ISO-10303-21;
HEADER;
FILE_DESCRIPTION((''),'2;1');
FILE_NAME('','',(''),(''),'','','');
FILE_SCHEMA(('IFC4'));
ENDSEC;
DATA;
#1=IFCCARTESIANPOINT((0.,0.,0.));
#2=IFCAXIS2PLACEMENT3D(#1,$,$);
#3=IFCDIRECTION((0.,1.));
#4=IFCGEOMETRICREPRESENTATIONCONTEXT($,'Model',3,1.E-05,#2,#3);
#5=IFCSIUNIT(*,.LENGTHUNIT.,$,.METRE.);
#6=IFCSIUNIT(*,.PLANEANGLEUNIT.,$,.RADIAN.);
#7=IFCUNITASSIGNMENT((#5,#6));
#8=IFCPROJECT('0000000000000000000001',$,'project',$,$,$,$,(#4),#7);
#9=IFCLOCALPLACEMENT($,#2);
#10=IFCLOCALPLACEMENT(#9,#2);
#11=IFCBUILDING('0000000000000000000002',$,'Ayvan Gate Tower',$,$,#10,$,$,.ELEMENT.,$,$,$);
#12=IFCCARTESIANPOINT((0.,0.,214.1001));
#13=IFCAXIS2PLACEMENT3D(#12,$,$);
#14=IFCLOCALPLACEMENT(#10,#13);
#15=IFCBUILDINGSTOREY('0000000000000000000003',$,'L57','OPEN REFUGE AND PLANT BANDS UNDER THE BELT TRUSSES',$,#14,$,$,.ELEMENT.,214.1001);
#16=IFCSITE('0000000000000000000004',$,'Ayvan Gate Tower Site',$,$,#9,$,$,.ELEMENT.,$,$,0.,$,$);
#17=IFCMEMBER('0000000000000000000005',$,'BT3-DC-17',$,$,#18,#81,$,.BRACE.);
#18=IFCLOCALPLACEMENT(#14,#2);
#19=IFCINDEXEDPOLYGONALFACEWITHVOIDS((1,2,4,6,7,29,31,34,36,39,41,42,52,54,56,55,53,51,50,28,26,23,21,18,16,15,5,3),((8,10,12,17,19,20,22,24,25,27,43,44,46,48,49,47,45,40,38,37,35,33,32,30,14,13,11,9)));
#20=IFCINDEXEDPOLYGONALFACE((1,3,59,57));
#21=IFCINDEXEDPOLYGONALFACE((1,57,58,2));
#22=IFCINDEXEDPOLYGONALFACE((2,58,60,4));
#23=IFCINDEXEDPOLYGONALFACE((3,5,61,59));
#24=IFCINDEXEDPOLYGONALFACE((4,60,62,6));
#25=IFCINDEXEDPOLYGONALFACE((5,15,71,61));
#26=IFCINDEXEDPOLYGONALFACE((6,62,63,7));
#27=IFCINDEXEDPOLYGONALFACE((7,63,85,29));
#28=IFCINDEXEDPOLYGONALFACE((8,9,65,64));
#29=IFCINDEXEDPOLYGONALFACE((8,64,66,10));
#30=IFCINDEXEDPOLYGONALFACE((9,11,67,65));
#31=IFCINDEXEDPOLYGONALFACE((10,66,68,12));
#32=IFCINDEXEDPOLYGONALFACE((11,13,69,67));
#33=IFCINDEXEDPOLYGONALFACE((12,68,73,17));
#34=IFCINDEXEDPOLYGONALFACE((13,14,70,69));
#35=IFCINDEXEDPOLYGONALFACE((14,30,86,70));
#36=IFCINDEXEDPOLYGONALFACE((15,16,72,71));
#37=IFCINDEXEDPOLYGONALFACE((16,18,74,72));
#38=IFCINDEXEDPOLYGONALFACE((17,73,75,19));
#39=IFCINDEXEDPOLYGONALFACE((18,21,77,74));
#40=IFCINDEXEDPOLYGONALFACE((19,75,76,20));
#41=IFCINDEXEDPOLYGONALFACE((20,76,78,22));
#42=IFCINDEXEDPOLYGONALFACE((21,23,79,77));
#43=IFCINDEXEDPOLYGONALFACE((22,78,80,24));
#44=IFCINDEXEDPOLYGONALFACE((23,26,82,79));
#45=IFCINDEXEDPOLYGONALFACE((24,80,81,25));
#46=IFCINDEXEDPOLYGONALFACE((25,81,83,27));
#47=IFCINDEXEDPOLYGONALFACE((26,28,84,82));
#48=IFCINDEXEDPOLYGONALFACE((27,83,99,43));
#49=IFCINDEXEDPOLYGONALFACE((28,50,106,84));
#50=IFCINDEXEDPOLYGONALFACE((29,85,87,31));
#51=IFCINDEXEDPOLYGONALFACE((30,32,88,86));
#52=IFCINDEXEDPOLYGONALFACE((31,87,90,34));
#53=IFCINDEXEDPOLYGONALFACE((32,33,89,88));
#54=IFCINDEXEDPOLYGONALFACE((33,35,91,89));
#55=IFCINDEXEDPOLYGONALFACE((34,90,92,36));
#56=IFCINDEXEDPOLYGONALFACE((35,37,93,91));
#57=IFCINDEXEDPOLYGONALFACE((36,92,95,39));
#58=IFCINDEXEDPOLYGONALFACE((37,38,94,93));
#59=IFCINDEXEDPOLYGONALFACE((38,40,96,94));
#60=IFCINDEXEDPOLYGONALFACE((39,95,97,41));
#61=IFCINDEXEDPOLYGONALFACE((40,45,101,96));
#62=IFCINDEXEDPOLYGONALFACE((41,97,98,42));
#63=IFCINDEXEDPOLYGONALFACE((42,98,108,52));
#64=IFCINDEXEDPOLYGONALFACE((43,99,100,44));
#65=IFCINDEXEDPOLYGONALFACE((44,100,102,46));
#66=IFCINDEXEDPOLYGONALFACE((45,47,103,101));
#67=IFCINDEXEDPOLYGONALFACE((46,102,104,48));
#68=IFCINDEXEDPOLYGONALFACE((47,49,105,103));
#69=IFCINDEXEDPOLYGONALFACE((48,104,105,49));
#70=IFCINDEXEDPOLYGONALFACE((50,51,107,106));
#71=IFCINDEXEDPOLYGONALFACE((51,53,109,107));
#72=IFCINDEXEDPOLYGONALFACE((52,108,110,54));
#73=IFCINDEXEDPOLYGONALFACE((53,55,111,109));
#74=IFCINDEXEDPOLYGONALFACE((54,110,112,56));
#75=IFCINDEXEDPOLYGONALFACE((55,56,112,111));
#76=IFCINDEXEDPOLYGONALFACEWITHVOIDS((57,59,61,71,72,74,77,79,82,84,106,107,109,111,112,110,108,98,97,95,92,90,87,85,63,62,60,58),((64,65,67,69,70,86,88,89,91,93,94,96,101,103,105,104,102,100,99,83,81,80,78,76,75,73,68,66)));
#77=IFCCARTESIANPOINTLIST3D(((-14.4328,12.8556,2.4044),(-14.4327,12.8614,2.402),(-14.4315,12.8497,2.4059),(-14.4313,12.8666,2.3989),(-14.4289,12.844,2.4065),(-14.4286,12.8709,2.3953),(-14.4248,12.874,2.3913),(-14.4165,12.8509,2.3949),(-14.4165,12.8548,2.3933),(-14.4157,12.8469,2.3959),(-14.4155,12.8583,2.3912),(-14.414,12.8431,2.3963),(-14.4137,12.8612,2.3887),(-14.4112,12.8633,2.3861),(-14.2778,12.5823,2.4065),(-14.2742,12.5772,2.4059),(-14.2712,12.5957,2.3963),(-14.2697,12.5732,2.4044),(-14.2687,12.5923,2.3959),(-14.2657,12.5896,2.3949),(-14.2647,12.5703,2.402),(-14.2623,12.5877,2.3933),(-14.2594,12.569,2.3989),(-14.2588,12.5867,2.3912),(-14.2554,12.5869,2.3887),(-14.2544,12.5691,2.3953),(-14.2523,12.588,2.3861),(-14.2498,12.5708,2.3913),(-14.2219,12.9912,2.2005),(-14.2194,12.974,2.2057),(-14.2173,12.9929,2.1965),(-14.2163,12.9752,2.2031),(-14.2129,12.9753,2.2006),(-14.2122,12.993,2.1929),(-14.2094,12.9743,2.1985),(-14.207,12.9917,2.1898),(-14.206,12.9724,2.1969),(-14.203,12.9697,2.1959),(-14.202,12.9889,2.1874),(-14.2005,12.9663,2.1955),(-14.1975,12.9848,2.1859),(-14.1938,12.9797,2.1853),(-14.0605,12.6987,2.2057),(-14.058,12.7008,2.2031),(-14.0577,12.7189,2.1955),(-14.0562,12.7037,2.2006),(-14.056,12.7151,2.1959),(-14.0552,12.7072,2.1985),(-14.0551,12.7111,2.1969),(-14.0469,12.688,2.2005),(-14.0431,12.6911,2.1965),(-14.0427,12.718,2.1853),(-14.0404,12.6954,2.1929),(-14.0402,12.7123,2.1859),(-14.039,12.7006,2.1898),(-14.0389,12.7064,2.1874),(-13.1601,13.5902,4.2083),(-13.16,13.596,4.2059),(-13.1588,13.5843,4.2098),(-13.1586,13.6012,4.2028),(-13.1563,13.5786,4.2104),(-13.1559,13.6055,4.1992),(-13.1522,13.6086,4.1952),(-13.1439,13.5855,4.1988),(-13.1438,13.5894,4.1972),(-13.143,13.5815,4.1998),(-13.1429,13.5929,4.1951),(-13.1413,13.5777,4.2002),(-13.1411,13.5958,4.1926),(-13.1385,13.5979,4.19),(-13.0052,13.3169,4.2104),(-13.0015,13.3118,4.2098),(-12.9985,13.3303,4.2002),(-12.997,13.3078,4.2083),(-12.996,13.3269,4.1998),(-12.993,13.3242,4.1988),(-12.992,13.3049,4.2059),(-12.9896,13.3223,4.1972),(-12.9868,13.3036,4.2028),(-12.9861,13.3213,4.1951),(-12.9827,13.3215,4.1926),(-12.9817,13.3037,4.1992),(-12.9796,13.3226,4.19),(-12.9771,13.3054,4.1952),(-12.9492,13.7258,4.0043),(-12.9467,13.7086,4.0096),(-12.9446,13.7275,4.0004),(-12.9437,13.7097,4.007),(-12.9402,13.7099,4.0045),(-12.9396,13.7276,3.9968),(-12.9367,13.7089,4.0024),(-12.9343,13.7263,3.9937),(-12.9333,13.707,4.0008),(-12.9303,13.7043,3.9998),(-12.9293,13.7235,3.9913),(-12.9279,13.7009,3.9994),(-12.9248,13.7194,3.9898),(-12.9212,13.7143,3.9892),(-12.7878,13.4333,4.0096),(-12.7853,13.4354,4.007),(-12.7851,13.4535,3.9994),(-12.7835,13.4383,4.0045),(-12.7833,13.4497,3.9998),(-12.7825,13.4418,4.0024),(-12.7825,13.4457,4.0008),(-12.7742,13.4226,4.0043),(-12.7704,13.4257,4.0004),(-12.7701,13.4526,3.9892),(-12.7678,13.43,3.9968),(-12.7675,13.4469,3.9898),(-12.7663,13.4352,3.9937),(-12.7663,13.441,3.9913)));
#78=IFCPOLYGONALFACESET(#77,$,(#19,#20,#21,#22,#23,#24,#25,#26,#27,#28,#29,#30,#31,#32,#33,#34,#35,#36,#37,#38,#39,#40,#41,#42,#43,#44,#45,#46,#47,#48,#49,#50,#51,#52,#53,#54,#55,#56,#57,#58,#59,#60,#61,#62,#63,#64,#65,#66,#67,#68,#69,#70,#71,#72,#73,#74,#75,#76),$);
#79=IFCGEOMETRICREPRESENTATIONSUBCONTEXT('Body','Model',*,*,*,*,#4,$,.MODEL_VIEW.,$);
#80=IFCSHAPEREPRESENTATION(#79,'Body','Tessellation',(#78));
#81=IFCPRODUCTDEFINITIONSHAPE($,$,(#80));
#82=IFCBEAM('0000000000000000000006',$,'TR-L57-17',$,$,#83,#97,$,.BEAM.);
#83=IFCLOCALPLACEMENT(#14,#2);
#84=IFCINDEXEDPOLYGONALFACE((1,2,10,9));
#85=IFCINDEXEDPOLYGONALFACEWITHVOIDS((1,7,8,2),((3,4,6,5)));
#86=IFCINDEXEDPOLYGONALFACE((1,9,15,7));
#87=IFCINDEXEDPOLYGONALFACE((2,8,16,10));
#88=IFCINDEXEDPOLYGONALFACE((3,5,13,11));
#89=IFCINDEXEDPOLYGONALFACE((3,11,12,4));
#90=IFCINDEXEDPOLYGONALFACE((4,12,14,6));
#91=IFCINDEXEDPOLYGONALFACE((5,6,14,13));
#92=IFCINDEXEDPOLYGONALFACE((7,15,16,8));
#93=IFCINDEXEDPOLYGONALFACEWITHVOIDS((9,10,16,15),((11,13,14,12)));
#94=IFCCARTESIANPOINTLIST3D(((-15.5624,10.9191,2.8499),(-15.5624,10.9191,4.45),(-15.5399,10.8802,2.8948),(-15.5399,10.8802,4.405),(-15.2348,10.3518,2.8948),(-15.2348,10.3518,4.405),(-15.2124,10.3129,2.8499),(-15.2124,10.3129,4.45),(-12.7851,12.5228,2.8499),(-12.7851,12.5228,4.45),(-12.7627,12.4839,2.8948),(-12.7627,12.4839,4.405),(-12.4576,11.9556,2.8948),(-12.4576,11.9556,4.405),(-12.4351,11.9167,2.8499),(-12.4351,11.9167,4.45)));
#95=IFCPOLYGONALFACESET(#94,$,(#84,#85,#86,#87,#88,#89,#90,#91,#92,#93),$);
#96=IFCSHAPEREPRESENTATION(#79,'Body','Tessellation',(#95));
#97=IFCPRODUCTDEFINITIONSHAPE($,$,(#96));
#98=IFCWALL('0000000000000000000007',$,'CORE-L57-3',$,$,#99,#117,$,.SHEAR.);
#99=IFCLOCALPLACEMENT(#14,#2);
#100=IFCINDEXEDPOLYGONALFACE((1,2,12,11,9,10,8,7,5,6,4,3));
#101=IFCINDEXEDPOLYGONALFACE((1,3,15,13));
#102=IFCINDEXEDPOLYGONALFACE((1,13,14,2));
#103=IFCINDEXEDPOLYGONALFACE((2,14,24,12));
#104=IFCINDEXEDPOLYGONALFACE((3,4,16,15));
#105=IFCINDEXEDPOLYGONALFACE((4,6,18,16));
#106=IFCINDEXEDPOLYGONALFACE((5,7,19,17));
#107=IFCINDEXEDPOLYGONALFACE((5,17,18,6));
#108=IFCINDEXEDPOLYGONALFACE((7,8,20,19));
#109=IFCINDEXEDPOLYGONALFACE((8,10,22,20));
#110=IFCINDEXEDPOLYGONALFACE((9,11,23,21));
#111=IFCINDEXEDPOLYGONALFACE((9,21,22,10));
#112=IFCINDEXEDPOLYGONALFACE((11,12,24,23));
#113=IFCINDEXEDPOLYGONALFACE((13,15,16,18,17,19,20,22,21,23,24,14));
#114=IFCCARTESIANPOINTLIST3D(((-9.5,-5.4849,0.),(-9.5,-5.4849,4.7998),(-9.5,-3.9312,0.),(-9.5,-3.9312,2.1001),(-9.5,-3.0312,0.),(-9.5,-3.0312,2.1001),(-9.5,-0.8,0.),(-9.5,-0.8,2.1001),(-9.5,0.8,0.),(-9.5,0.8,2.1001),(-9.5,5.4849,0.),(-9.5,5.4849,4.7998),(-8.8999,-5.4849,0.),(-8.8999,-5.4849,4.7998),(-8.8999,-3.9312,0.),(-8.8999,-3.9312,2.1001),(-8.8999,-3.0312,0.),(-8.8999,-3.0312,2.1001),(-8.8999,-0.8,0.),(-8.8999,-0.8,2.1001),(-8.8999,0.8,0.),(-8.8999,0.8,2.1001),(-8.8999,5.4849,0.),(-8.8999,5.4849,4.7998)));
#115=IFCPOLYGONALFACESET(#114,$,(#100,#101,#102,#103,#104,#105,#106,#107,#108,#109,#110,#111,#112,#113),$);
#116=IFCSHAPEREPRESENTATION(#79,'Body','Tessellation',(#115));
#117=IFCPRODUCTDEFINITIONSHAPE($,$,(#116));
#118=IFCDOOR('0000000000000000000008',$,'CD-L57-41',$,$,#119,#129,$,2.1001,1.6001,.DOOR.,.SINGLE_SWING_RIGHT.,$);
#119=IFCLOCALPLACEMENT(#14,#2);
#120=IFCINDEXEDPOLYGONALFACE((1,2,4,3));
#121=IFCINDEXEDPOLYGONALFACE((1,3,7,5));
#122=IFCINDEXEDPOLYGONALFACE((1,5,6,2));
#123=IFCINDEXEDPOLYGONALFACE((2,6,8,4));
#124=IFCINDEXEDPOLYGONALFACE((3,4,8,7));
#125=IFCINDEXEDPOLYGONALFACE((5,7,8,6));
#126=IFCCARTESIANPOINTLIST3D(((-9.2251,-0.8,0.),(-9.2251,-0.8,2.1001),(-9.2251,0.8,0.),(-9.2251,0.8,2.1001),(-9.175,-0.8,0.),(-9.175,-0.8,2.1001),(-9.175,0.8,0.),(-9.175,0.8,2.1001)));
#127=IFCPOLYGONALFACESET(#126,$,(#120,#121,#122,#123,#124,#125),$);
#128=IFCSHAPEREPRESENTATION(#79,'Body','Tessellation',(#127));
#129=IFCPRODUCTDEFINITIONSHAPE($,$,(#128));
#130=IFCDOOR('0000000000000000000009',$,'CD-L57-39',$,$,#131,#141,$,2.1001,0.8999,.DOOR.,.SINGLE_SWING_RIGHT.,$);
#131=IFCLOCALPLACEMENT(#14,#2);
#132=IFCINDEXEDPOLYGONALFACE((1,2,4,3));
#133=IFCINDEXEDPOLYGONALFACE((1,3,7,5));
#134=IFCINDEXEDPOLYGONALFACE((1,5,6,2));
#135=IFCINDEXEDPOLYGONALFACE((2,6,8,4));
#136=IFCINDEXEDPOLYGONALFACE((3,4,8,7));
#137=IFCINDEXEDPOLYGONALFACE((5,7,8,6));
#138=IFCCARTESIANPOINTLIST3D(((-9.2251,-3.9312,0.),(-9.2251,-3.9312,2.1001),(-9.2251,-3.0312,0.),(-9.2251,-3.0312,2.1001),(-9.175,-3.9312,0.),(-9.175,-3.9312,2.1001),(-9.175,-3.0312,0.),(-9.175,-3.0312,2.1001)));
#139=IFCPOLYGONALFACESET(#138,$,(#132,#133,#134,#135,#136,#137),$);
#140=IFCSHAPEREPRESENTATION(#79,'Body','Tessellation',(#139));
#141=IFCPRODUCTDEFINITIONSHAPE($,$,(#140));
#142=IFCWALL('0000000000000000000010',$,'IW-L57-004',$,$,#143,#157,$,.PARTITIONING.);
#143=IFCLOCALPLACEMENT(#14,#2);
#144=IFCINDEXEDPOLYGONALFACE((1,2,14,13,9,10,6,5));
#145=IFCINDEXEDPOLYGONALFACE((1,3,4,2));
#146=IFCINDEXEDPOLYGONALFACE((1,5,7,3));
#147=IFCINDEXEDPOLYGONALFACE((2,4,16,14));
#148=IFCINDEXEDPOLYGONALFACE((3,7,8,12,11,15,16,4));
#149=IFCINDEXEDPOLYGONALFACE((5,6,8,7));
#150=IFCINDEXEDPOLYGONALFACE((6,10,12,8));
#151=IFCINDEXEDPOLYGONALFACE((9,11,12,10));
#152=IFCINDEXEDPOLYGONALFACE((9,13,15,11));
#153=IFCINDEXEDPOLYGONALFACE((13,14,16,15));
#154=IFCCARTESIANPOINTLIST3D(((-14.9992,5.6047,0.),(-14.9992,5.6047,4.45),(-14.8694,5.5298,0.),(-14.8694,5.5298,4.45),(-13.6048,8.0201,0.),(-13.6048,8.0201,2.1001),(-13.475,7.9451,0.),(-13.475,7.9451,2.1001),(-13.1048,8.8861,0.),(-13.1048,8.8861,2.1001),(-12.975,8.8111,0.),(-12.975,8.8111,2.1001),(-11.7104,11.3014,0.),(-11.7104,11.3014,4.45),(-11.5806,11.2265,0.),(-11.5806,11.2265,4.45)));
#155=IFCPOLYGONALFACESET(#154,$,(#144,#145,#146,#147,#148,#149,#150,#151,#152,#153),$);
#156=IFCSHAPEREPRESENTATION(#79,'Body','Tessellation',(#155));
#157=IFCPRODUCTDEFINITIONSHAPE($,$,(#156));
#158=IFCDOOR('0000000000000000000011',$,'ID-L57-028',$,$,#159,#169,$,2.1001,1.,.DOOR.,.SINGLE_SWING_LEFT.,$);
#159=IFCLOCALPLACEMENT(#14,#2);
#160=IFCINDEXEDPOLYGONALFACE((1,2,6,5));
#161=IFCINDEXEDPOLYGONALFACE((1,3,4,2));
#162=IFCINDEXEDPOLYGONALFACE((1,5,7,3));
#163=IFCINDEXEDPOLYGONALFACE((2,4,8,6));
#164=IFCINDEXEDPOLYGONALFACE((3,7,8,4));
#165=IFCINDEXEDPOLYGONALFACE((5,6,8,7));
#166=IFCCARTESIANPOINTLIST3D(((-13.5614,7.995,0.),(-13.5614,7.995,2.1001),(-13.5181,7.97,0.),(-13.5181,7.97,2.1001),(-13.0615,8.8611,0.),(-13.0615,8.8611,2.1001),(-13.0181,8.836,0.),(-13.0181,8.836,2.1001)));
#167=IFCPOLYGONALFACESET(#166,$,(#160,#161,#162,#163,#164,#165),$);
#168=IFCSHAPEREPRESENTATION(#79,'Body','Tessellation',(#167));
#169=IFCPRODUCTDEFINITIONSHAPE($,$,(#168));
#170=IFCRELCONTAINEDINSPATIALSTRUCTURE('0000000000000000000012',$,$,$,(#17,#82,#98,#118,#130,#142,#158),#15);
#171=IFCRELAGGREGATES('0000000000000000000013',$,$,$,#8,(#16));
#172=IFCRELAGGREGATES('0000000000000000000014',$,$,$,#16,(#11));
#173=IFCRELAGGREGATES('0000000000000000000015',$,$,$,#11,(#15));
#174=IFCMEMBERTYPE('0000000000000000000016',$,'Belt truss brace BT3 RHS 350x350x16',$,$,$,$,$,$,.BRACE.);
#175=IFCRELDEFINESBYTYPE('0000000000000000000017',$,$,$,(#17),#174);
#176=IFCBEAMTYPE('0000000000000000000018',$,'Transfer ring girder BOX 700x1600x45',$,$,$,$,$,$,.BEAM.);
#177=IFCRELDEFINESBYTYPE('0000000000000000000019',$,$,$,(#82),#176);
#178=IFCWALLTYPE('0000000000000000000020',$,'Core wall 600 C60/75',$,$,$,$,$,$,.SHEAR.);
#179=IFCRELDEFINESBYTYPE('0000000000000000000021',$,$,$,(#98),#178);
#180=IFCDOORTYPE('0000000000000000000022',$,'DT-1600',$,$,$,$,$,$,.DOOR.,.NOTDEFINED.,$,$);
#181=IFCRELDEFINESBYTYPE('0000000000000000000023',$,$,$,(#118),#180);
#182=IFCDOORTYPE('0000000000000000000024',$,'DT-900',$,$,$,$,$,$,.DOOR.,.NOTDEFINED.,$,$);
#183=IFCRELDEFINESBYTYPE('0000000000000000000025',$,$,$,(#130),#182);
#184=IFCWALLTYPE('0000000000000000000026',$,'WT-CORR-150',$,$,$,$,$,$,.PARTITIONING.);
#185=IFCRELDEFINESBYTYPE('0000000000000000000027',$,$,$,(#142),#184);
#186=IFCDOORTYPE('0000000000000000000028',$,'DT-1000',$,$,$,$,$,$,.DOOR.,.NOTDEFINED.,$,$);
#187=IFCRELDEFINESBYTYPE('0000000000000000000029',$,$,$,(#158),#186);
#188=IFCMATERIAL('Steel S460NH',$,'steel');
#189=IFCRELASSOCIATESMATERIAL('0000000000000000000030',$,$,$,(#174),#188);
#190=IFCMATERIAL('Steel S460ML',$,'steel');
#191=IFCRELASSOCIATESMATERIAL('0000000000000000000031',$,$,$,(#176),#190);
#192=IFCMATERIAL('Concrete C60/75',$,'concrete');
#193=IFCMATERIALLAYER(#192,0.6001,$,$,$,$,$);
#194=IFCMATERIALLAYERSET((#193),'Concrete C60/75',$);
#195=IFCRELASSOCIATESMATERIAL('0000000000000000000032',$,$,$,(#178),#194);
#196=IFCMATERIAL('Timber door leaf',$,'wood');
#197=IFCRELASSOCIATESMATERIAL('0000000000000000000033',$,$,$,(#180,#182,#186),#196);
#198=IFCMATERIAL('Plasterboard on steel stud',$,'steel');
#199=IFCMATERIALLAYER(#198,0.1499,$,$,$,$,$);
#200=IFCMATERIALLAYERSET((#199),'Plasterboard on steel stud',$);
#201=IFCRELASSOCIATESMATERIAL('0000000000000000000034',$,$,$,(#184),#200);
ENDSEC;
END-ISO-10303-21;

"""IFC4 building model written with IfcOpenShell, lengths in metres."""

from ifc_helpers import new_model, si_unit, direction, frame, frame_2d, origin, origin_2d, place, context, subcontext, project, spatial, rectangle, hollow_rectangle, extrude, material, layer, layer_set, material_profile, profile_set, type_object, element, fill, save


model = new_model("IFC4")

# Units and contexts
model_context = context("Model", 3, precision=1e-05, world=origin(), true_north=direction((0.0, 1.0)))
body_context = subcontext(model_context, "Body", "Model", "MODEL_VIEW")
ifc_project = project(units=[si_unit("LENGTHUNIT", "METRE"), si_unit("PLANEANGLEUNIT", "RADIAN")], contexts=[model_context])

# Site, building, storey
site_placement = place(None, origin())
site = spatial("IfcSite", under=ifc_project, at=site_placement, Name="Ayvan Gate Tower Site", CompositionType="ELEMENT", RefElevation=0.0)
building_placement = place(site_placement, origin())
building = spatial("IfcBuilding", under=site, at=building_placement, Name="Ayvan Gate Tower", CompositionType="ELEMENT")
storey_placement = place(building_placement, frame((0.0, 0.0, 214.1001)))
storey = spatial("IfcBuildingStorey", under=building, at=storey_placement, Name="L57", Description="OPEN REFUGE AND PLANT BANDS UNDER THE BELT TRUSSES", CompositionType="ELEMENT", Elevation=214.1001)

# Member
ifc_material_1 = material(Name="Steel S460NH", Category="steel")
ifc_material_profile_1 = material_profile(ifc_material_1, hollow_rectangle(XDim=0.3501, YDim=0.3501, WallThickness=0.0161, InnerFilletRadius=0.0161, OuterFilletRadius=0.0239, at=origin_2d()), Name="RHS 350x350x16")
ifc_profile_set_1 = profile_set([ifc_material_profile_1], Name="Steel S460NH")
member_type = type_object("IfcMemberType", Name="Belt truss brace BT3 RHS 350x350x16", PredefinedType="BRACE", material=ifc_profile_set_1)
member_placement = place(storey_placement, frame((-14.2358, 12.781, 2.2959), z_axis=(0.546992, 0.31573, 0.775316), x_axis=(-0.499909, 0.866078, 0.0)))
element("IfcMember", 1, at=member_placement, inside=storey, type_object=member_type, Name="BT3-DC-17", PredefinedType="BRACE", context=body_context, shape_type="SweptSolid", body=[
    extrude(hollow_rectangle(XDim=0.3501, YDim=0.3501, WallThickness=0.0161, InnerFilletRadius=0.0161, OuterFilletRadius=0.0239, at=origin_2d()), origin(), (0.0, 0.0, 1.0), 2.3267),
])

# Beam
ifc_material_2 = material(Name="Steel S460ML", Category="steel")
ifc_material_profile_2 = material_profile(ifc_material_2, hollow_rectangle(XDim=0.7, YDim=1.6001, WallThickness=0.0449, at=origin_2d()), Name="BOX 700x1600x45")
ifc_profile_set_2 = profile_set([ifc_material_profile_2], Name="Steel S460ML")
beam_type = type_object("IfcBeamType", Name="Transfer ring girder BOX 700x1600x45", PredefinedType="BEAM", material=ifc_profile_set_2)
beam_placement = place(storey_placement, frame((-12.6101, 12.2197, 3.6499), z_axis=(-0.86599, -0.500061, 0.0), x_axis=(0.500061, -0.86599, 0.0)))
element("IfcBeam", 2, at=beam_placement, inside=storey, type_object=beam_type, Name="TR-L57-17", PredefinedType="BEAM", context=body_context, shape_type="SweptSolid", body=[
    extrude(hollow_rectangle(XDim=0.7, YDim=1.6001, WallThickness=0.0449, at=origin_2d()), origin(), (0.0, 0.0, 1.0), 3.207),
])

# Wall, openings, doors
ifc_material_3 = material(Name="Concrete C60/75", Category="concrete")
ifc_layer_1 = layer(ifc_material_3, 0.6001)
ifc_layer_set_1 = layer_set([ifc_layer_1], Name="Concrete C60/75")
wall_type_1 = type_object("IfcWallType", Name="Core wall 600 C60/75", PredefinedType="SHEAR", material=ifc_layer_set_1)
wall_1_placement = place(storey_placement, frame((-9.2, 5.4849, 0.0), z_axis=(0.0, 0.0, 1.0), x_axis=(0.0, -1.0, 0.0)))
wall_1 = element("IfcWall", 3, at=wall_1_placement, inside=storey, type_object=wall_type_1, Name="CORE-L57-3", PredefinedType="SHEAR", context=body_context, shape_type="SweptSolid", body=[
    extrude(rectangle(XDim=10.9697, YDim=0.6001, at=frame_2d((5.4849, 0.0))), origin(), (0.0, 0.0, 1.0), 4.7998),
])
opening_1_placement = place(wall_1_placement, frame((8.5161, 0.0, 0.0)))
opening_1 = element("IfcOpeningElement", 4, at=opening_1_placement, cuts=wall_1, PredefinedType="OPENING", context=body_context, shape_type="SweptSolid", body=[
    extrude(rectangle(XDim=0.8999, YDim=2.1001, at=frame_2d((0.45, 1.05))), frame((0.0, 0.3101, 0.0), z_axis=(0.0, -1.0, 0.0), x_axis=(1.0, 0.0, 0.0)), (0.0, 0.0, 1.0), 0.6201),
])
opening_2_placement = place(wall_1_placement, frame((4.6848, 0.0, 0.0)))
opening_2 = element("IfcOpeningElement", 5, at=opening_2_placement, cuts=wall_1, PredefinedType="OPENING", context=body_context, shape_type="SweptSolid", body=[
    extrude(rectangle(XDim=1.6001, YDim=2.1001, at=frame_2d((0.8, 1.05))), frame((0.0, 0.3101, 0.0), z_axis=(0.0, -1.0, 0.0), x_axis=(1.0, 0.0, 0.0)), (0.0, 0.0, 1.0), 0.6201),
])
ifc_material_4 = material(Name="Timber door leaf", Category="wood")
door_type_1 = type_object("IfcDoorType", Name="DT-1600", OperationType="NOTDEFINED", PredefinedType="DOOR", material=ifc_material_4)
door_1_placement = place(opening_2_placement, origin())
door_1 = element("IfcDoor", 6, at=door_1_placement, inside=storey, type_object=door_type_1, Name="CD-L57-41", OperationType="SINGLE_SWING_RIGHT", OverallHeight=2.1001, OverallWidth=1.6001, PredefinedType="DOOR", context=body_context, shape_type="SweptSolid", body=[
    extrude(rectangle(XDim=1.6001, YDim=2.1001, at=frame_2d((0.8, 1.05))), frame((0.0, 0.0249, 0.0), z_axis=(0.0, -1.0, 0.0), x_axis=(1.0, 0.0, 0.0)), (0.0, 0.0, 1.0), 0.05),
])
fill(opening_2, door_1)
door_type_2 = type_object("IfcDoorType", Name="DT-900", OperationType="NOTDEFINED", PredefinedType="DOOR", material=ifc_material_4)
door_2_placement = place(opening_1_placement, origin())
door_2 = element("IfcDoor", 7, at=door_2_placement, inside=storey, type_object=door_type_2, Name="CD-L57-39", OperationType="SINGLE_SWING_RIGHT", OverallHeight=2.1001, OverallWidth=0.8999, PredefinedType="DOOR", context=body_context, shape_type="SweptSolid", body=[
    extrude(rectangle(XDim=0.8999, YDim=2.1001, at=frame_2d((0.45, 1.05))), frame((0.0, 0.0249, 0.0), z_axis=(0.0, -1.0, 0.0), x_axis=(1.0, 0.0, 0.0)), (0.0, 0.0, 1.0), 0.05),
])
fill(opening_1, door_2)

# Wall, opening, door
ifc_material_5 = material(Name="Plasterboard on steel stud", Category="steel")
ifc_layer_2 = layer(ifc_material_5, 0.1499)
ifc_layer_set_2 = layer_set([ifc_layer_2], Name="Plasterboard on steel stud")
wall_type_2 = type_object("IfcWallType", Name="WT-CORR-150", PredefinedType="PARTITIONING", material=ifc_layer_set_2)
wall_2_placement = place(storey_placement, frame((-14.9343, 5.5671, 0.0), z_axis=(0.0, 0.0, 1.0), x_axis=(0.499975, 0.86604, 0.0)))
wall_2 = element("IfcWall", 8, at=wall_2_placement, inside=storey, type_object=wall_type_2, Name="IW-L57-004", PredefinedType="PARTITIONING", context=body_context, shape_type="SweptSolid", body=[
    extrude(rectangle(XDim=6.5779, YDim=0.1499, at=frame_2d((3.2891, 0.0))), origin(), (0.0, 0.0, 1.0), 4.45),
])
opening_3_placement = place(wall_2_placement, frame((2.7891, 0.0, 0.0)))
opening_3 = element("IfcOpeningElement", 9, at=opening_3_placement, cuts=wall_2, PredefinedType="OPENING", context=body_context, shape_type="SweptSolid", body=[
    extrude(rectangle(XDim=1.0, YDim=2.1001, at=frame_2d((0.5, 1.05))), frame((0.0, 0.085, 0.0), z_axis=(0.0, -1.0, 0.0), x_axis=(1.0, 0.0, 0.0)), (0.0, 0.0, 1.0), 0.1699),
])
door_type_3 = type_object("IfcDoorType", Name="DT-1000", OperationType="NOTDEFINED", PredefinedType="DOOR", material=ifc_material_4)
door_3_placement = place(opening_3_placement, origin())
door_3 = element("IfcDoor", 10, at=door_3_placement, inside=storey, type_object=door_type_3, Name="ID-L57-028", OperationType="SINGLE_SWING_LEFT", OverallHeight=2.1001, OverallWidth=1.0, PredefinedType="DOOR", context=body_context, shape_type="SweptSolid", body=[
    extrude(rectangle(XDim=1.0, YDim=2.1001, at=frame_2d((0.5, 1.05))), frame((0.0, 0.0249, 0.0), z_axis=(0.0, -1.0, 0.0), x_axis=(1.0, 0.0, 0.0)), (0.0, 0.0, 1.0), 0.05),
])
fill(opening_3, door_3)

save(model, "model.ifc")
